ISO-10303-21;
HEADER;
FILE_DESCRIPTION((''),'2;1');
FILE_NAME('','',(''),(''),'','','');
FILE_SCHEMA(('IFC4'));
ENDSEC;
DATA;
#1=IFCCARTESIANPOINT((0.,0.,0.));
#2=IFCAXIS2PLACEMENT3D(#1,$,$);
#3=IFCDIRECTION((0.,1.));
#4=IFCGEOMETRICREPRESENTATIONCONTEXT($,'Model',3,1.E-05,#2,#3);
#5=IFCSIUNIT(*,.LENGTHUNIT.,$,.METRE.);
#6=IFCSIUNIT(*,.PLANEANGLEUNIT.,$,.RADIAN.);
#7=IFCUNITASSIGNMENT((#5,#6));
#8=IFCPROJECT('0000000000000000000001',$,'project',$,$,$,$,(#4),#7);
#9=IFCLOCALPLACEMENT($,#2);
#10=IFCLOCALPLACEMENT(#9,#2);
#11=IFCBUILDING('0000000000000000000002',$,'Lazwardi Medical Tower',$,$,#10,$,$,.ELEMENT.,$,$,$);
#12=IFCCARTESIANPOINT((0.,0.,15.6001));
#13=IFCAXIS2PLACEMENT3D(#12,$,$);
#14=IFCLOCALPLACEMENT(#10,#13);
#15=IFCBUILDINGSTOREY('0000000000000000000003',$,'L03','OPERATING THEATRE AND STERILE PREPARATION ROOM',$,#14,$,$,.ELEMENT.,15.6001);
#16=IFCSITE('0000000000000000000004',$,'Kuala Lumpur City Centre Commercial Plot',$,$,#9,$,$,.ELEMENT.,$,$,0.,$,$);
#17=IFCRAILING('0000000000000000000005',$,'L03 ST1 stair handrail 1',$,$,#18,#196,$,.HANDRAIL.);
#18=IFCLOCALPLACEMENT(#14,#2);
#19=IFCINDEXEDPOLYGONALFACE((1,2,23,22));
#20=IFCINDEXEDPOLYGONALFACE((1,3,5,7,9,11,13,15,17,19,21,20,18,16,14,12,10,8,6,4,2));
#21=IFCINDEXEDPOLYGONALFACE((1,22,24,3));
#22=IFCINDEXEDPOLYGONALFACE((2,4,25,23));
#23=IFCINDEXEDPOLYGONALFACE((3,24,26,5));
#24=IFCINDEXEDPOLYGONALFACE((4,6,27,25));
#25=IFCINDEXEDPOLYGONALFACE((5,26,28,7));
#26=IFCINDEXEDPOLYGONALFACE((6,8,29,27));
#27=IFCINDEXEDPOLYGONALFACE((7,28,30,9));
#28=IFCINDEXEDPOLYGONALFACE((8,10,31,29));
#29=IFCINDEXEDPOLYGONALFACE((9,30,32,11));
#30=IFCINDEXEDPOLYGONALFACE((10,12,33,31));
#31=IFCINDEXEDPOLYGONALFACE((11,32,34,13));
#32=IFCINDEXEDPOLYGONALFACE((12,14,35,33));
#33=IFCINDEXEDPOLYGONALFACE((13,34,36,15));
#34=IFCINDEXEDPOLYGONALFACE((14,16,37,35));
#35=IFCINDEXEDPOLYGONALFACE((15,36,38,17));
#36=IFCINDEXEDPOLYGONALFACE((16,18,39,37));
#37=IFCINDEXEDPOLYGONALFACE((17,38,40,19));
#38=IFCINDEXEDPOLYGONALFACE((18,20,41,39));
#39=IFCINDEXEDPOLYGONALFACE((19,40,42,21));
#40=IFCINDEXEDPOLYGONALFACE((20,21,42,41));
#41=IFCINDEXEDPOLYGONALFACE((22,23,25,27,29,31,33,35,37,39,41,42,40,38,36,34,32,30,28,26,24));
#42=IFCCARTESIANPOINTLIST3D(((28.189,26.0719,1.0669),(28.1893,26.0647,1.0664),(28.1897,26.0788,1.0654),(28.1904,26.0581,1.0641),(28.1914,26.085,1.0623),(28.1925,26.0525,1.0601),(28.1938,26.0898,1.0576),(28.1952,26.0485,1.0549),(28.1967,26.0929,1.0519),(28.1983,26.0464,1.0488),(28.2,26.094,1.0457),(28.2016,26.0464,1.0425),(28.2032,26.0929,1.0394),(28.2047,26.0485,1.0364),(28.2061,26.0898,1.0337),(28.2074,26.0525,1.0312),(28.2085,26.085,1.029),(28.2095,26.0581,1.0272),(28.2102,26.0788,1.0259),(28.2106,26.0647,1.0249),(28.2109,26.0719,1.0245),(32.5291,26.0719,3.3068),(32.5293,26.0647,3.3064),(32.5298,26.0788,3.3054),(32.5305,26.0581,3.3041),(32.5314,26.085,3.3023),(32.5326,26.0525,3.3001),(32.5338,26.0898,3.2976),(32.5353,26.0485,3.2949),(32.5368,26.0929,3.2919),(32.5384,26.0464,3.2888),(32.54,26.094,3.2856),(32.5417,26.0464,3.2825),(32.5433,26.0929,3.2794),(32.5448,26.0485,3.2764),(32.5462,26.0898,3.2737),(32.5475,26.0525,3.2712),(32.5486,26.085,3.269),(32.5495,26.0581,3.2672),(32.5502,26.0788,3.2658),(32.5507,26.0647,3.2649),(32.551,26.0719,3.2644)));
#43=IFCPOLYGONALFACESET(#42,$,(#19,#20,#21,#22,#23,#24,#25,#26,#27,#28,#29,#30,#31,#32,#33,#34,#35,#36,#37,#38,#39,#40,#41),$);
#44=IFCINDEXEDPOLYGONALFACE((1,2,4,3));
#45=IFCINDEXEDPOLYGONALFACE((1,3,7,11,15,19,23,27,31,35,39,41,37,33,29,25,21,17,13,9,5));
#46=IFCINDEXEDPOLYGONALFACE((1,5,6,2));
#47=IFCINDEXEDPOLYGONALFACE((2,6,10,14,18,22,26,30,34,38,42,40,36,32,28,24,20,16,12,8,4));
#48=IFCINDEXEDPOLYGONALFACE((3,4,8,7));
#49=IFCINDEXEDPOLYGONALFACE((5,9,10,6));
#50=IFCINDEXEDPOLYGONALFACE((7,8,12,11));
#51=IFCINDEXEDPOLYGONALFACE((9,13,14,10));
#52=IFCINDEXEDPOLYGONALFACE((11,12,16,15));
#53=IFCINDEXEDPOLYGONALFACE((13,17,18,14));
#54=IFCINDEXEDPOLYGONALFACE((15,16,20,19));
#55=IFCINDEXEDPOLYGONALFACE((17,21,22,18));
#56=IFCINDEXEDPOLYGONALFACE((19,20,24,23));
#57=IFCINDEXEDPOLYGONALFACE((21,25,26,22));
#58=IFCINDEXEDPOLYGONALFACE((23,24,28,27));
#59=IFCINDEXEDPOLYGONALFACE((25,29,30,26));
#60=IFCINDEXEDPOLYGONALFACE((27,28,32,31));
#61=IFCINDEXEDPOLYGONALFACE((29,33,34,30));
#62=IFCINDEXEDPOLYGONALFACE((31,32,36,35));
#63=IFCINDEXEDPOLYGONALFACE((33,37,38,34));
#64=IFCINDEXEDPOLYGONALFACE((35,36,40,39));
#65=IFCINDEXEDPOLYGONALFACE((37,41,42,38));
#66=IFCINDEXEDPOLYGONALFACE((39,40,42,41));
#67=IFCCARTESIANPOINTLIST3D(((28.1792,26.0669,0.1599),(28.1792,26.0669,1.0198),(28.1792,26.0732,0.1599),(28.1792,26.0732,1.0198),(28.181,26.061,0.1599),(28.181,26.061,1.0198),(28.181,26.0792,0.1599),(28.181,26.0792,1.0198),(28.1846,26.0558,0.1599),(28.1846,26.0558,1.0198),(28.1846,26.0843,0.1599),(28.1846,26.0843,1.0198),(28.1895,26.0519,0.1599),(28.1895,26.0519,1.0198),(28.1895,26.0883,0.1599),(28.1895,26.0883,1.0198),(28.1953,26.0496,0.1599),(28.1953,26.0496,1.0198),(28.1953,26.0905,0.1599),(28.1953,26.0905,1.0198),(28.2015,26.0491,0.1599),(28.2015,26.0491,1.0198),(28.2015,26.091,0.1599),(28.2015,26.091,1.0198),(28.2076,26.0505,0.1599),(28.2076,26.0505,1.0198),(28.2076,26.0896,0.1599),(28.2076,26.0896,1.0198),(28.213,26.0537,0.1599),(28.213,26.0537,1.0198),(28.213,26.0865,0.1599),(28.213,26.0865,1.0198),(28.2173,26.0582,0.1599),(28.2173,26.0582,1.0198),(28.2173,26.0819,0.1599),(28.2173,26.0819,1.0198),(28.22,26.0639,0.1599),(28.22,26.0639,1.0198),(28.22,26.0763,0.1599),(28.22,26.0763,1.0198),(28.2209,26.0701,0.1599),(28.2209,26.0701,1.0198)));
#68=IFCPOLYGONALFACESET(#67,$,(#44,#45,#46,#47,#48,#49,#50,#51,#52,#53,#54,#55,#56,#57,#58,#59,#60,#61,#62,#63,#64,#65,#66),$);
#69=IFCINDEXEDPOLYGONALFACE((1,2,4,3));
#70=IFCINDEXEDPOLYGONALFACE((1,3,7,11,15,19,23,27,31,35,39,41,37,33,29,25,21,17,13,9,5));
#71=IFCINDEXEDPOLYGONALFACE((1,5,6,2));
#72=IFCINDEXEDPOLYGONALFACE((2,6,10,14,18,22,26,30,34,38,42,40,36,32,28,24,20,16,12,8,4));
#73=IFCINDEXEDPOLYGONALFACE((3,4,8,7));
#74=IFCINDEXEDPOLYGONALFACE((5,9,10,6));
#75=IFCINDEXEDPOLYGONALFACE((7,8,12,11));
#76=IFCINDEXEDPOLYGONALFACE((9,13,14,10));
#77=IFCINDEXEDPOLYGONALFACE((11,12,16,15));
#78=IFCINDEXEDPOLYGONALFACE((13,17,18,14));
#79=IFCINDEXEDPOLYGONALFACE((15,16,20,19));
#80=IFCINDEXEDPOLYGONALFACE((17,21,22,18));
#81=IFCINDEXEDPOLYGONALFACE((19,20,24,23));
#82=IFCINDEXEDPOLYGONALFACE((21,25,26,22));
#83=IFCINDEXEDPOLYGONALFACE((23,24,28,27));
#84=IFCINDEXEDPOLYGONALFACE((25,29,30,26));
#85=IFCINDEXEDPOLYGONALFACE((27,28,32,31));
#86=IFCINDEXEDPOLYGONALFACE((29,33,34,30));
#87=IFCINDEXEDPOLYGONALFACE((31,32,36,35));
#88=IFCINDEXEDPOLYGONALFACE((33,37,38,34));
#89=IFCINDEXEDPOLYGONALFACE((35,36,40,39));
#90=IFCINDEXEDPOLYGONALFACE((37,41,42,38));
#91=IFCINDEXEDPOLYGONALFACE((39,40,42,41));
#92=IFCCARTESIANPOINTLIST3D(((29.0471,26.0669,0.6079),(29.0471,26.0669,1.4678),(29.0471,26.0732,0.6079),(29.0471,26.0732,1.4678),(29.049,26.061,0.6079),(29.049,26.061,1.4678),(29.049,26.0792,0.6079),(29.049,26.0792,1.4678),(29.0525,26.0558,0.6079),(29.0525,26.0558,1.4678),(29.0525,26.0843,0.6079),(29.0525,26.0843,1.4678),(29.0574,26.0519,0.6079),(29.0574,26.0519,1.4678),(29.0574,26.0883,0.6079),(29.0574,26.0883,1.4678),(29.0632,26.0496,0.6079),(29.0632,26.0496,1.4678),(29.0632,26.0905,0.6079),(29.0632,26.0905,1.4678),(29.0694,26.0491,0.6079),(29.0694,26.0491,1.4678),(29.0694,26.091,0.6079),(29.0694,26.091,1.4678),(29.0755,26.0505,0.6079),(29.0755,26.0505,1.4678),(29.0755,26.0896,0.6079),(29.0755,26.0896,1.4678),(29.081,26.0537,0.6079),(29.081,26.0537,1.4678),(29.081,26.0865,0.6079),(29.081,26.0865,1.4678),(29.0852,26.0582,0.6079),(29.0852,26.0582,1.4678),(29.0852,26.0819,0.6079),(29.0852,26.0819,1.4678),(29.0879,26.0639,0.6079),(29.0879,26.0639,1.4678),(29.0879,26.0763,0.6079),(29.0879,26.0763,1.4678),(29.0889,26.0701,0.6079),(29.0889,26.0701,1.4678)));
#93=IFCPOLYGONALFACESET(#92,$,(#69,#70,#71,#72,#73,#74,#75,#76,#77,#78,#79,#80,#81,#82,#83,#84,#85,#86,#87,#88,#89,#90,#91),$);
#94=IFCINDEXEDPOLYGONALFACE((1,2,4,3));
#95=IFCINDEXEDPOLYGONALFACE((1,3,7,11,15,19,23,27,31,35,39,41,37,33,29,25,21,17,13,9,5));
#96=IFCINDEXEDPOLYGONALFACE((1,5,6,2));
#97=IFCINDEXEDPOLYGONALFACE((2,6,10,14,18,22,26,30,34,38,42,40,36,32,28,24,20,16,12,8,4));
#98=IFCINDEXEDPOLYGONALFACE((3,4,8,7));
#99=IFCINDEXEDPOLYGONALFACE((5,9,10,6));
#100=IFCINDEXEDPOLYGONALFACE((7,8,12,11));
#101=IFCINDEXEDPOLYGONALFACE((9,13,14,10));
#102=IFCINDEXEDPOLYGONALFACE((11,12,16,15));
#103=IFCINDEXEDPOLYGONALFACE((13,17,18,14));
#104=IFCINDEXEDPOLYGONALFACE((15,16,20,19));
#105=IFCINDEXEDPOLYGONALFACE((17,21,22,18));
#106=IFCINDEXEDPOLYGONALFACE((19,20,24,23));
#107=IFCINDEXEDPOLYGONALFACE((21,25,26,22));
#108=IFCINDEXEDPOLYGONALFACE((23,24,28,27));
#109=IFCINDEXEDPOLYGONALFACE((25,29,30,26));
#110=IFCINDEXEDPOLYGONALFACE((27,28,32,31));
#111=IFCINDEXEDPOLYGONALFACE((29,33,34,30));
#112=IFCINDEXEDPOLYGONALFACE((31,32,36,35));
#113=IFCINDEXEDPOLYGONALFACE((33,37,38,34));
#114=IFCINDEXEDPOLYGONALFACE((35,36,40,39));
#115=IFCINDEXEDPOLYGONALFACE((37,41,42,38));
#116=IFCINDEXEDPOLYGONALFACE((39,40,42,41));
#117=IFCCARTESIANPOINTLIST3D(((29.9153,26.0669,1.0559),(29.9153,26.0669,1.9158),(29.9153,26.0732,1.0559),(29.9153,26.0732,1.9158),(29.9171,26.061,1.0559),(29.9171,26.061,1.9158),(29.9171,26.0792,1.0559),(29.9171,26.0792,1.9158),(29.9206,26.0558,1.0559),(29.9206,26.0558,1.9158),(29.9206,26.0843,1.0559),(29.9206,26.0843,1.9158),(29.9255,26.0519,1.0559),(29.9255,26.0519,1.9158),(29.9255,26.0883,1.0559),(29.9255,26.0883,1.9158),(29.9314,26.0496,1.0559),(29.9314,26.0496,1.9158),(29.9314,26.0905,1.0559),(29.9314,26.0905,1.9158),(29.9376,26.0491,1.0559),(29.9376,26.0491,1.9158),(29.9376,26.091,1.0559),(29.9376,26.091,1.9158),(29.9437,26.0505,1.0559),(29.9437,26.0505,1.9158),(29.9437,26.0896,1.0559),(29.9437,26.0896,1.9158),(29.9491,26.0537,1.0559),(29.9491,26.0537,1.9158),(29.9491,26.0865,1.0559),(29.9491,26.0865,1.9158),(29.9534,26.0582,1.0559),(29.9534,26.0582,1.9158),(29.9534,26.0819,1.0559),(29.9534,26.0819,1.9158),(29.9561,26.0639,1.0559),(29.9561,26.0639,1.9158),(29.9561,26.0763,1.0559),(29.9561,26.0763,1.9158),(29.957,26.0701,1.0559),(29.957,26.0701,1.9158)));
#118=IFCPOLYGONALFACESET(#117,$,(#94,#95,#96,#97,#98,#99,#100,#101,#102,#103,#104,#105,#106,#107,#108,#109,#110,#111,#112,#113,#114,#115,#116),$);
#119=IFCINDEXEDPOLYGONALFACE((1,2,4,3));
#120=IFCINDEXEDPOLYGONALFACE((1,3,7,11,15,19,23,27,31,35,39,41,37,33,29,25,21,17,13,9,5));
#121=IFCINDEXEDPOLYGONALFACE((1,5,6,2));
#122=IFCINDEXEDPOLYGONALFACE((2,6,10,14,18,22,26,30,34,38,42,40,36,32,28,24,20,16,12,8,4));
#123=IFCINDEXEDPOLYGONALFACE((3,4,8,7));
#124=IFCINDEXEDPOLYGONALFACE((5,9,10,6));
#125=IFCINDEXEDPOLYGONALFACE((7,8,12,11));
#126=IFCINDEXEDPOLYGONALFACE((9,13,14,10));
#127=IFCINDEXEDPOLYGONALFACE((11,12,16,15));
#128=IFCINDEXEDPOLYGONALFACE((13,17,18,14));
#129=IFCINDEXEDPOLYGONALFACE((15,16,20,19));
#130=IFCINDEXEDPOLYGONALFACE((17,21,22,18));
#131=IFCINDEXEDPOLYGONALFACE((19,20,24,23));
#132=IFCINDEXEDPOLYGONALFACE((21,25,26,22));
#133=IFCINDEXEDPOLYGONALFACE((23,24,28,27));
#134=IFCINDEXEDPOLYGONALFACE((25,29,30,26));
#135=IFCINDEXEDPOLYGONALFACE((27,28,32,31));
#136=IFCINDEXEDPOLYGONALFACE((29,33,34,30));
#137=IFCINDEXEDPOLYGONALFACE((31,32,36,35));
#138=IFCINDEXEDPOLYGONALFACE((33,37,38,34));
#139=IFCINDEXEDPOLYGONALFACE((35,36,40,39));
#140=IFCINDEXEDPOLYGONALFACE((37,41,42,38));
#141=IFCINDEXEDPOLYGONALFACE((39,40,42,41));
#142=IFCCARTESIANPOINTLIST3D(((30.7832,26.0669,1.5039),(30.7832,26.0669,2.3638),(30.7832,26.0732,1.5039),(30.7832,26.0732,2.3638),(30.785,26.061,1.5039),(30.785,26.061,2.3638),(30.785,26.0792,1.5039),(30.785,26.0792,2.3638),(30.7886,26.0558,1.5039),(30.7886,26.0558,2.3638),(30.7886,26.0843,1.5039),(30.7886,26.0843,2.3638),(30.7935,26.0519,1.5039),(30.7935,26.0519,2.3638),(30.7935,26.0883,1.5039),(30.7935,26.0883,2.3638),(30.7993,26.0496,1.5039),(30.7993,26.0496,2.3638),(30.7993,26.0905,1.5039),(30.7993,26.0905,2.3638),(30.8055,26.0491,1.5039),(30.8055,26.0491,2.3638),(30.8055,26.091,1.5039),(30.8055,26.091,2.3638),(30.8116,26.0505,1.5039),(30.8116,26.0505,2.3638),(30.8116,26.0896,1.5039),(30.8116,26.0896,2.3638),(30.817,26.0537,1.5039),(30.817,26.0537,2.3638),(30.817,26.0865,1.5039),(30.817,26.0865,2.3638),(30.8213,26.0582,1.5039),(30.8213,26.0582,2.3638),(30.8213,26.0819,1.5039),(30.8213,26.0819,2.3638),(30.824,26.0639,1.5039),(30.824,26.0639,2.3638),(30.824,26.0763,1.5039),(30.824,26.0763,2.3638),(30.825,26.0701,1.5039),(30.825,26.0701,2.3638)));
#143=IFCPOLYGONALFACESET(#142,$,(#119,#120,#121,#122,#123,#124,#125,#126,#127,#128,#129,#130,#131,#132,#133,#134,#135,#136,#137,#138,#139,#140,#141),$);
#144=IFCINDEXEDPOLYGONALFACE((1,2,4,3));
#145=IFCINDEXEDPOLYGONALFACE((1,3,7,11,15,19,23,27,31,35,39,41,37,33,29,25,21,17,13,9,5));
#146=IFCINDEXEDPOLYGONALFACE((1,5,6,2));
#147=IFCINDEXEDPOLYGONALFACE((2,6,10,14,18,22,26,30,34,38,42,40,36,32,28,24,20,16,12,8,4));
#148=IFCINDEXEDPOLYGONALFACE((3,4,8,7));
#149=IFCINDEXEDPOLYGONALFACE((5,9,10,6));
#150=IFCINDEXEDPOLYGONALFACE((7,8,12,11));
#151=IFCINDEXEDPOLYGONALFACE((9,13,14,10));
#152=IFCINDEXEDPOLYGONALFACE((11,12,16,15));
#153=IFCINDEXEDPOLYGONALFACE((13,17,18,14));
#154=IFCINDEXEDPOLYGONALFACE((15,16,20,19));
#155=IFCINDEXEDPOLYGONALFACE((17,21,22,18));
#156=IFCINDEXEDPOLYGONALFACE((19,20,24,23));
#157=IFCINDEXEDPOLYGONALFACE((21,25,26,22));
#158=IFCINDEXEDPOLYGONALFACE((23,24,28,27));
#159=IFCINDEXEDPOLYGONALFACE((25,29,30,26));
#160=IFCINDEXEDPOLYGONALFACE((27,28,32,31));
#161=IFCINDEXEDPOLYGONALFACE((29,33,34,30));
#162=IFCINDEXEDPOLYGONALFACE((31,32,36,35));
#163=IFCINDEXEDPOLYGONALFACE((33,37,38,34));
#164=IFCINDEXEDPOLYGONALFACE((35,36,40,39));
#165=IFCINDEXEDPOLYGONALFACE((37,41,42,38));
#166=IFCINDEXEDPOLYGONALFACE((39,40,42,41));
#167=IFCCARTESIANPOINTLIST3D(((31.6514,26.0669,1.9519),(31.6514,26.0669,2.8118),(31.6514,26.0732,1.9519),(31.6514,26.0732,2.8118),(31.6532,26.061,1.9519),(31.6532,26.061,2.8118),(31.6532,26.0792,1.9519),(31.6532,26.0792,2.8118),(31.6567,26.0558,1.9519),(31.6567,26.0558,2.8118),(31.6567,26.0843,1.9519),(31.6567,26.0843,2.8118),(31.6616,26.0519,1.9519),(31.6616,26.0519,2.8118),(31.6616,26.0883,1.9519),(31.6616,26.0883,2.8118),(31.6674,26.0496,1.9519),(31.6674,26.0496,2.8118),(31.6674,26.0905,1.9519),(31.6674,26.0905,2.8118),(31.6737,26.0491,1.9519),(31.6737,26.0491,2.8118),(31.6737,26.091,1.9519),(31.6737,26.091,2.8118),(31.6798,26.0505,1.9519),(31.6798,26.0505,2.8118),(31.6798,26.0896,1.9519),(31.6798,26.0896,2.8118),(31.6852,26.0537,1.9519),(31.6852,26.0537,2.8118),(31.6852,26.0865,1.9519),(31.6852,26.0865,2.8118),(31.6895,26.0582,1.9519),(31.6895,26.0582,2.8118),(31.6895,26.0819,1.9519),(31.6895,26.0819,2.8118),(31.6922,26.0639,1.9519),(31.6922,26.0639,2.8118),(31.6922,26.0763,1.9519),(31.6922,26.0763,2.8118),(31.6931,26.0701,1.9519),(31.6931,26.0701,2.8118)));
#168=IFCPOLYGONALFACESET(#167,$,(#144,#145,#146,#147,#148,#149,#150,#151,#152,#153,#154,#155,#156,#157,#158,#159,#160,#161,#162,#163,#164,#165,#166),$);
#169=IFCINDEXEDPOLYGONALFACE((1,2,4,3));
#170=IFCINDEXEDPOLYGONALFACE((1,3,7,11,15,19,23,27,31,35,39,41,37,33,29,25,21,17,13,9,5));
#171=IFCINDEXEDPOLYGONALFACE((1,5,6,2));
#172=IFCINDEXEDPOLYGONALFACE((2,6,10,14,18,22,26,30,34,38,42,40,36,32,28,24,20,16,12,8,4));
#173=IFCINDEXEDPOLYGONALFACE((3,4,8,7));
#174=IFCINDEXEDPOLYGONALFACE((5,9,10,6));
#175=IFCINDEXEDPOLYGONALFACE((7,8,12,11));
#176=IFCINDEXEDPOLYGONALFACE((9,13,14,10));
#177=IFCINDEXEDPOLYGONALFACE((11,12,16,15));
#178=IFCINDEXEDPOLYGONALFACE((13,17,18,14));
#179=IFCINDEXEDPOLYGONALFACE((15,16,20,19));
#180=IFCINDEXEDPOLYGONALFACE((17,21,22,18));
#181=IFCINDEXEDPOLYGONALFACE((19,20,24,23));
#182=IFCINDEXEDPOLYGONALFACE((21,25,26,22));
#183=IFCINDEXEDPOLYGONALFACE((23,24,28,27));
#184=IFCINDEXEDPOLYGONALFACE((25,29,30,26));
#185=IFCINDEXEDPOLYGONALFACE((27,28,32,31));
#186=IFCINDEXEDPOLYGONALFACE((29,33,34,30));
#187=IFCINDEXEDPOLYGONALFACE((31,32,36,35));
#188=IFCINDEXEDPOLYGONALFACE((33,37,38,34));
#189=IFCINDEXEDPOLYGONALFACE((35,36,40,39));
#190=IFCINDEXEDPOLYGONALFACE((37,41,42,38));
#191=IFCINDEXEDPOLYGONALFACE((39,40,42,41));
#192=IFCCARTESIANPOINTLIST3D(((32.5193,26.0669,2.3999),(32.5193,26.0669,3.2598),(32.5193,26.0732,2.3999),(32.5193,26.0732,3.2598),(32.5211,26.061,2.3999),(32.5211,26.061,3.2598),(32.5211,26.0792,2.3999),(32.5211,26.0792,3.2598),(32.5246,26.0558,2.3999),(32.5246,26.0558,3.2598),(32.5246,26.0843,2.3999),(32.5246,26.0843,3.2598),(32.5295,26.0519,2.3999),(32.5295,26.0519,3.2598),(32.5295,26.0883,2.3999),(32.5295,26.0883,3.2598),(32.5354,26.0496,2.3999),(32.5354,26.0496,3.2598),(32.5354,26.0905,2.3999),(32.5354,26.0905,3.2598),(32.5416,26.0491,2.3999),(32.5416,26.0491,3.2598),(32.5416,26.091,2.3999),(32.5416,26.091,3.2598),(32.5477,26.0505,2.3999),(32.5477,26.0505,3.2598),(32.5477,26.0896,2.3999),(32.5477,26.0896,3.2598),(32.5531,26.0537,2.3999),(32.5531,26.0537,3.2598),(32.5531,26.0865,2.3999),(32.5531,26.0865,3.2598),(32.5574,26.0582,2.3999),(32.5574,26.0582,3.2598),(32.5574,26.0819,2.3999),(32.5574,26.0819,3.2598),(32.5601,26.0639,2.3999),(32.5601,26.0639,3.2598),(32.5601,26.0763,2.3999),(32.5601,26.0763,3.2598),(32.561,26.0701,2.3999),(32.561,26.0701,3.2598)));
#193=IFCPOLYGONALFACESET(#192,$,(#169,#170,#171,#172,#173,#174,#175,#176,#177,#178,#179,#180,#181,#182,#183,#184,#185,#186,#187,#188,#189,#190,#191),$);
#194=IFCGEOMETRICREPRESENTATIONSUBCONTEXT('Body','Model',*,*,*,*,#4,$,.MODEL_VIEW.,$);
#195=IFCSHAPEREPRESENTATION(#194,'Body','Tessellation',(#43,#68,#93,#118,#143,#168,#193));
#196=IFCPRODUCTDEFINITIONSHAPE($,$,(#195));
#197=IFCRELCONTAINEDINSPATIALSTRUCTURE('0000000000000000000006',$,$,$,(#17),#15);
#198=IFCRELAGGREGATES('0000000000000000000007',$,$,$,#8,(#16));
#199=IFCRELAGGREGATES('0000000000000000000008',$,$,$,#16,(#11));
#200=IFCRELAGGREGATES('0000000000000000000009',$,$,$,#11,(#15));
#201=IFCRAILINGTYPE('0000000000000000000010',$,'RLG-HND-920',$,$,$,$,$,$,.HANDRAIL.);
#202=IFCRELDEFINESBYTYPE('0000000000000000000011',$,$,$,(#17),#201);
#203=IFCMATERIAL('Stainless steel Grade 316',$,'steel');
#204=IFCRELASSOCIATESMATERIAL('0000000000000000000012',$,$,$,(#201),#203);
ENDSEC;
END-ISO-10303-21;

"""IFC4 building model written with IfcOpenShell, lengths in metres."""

from ifc_helpers import new_model, si_unit, direction, frame, origin, origin_2d, place, context, subcontext, project, spatial, circle, extrude, material, type_object, element, save


model = new_model("IFC4")

# Units and contexts
model_context = context("Model", 3, precision=1e-05, world=origin(), true_north=direction((0.0, 1.0)))
body_context = subcontext(model_context, "Body", "Model", "MODEL_VIEW")
ifc_project = project(units=[si_unit("LENGTHUNIT", "METRE"), si_unit("PLANEANGLEUNIT", "RADIAN")], contexts=[model_context])

# Site, building, storey
site_placement = place(None, origin())
site = spatial("IfcSite", under=ifc_project, at=site_placement, Name="Kuala Lumpur City Centre Commercial Plot", CompositionType="ELEMENT", RefElevation=0.0)
building_placement = place(site_placement, origin())
building = spatial("IfcBuilding", under=site, at=building_placement, Name="Lazwardi Medical Tower", CompositionType="ELEMENT")
storey_placement = place(building_placement, frame((0.0, 0.0, 15.6001)))
storey = spatial("IfcBuildingStorey", under=building, at=storey_placement, Name="L03", Description="OPERATING THEATRE AND STERILE PREPARATION ROOM", CompositionType="ELEMENT", Elevation=15.6001)

# Railing
ifc_material_1 = material(Name="Stainless steel Grade 316", Category="steel")
railing_type_1 = type_object("IfcRailingType", Name="RLG-HND-920", PredefinedType="HANDRAIL", material=ifc_material_1)
railing_1_placement = place(storey_placement, frame((28.2, 26.0701, 0.1599)))
element("IfcRailing", 1, at=railing_1_placement, inside=storey, type_object=railing_type_1, Name="L03 ST1 stair handrail 1", PredefinedType="HANDRAIL", context=body_context, shape_type="SweptSolid", body=[
    extrude(circle(Radius=0.0239, at=origin_2d()), frame((0.0, 0.0, 0.8857), z_axis=(0.888625, 0.0, 0.458634), x_axis=(0.0, 1.0, 0.0)), (0.0, 0.0, 1.0), 4.884),
    extrude(circle(Radius=0.021, at=origin_2d()), origin(), (0.0, 0.0, 1.0), 0.8599),
    extrude(circle(Radius=0.021, at=origin_2d()), frame((0.8679, 0.0, 0.448)), (0.0, 0.0, 1.0), 0.8599),
    extrude(circle(Radius=0.021, at=origin_2d()), frame((1.7361, 0.0, 0.896)), (0.0, 0.0, 1.0), 0.8599),
    extrude(circle(Radius=0.021, at=origin_2d()), frame((2.604, 0.0, 1.344)), (0.0, 0.0, 1.0), 0.8599),
    extrude(circle(Radius=0.021, at=origin_2d()), frame((3.4722, 0.0, 1.792)), (0.0, 0.0, 1.0), 0.8599),
    extrude(circle(Radius=0.021, at=origin_2d()), frame((4.3401, 0.0, 2.24)), (0.0, 0.0, 1.0), 0.8599),
])

save(model, "model.ifc")
